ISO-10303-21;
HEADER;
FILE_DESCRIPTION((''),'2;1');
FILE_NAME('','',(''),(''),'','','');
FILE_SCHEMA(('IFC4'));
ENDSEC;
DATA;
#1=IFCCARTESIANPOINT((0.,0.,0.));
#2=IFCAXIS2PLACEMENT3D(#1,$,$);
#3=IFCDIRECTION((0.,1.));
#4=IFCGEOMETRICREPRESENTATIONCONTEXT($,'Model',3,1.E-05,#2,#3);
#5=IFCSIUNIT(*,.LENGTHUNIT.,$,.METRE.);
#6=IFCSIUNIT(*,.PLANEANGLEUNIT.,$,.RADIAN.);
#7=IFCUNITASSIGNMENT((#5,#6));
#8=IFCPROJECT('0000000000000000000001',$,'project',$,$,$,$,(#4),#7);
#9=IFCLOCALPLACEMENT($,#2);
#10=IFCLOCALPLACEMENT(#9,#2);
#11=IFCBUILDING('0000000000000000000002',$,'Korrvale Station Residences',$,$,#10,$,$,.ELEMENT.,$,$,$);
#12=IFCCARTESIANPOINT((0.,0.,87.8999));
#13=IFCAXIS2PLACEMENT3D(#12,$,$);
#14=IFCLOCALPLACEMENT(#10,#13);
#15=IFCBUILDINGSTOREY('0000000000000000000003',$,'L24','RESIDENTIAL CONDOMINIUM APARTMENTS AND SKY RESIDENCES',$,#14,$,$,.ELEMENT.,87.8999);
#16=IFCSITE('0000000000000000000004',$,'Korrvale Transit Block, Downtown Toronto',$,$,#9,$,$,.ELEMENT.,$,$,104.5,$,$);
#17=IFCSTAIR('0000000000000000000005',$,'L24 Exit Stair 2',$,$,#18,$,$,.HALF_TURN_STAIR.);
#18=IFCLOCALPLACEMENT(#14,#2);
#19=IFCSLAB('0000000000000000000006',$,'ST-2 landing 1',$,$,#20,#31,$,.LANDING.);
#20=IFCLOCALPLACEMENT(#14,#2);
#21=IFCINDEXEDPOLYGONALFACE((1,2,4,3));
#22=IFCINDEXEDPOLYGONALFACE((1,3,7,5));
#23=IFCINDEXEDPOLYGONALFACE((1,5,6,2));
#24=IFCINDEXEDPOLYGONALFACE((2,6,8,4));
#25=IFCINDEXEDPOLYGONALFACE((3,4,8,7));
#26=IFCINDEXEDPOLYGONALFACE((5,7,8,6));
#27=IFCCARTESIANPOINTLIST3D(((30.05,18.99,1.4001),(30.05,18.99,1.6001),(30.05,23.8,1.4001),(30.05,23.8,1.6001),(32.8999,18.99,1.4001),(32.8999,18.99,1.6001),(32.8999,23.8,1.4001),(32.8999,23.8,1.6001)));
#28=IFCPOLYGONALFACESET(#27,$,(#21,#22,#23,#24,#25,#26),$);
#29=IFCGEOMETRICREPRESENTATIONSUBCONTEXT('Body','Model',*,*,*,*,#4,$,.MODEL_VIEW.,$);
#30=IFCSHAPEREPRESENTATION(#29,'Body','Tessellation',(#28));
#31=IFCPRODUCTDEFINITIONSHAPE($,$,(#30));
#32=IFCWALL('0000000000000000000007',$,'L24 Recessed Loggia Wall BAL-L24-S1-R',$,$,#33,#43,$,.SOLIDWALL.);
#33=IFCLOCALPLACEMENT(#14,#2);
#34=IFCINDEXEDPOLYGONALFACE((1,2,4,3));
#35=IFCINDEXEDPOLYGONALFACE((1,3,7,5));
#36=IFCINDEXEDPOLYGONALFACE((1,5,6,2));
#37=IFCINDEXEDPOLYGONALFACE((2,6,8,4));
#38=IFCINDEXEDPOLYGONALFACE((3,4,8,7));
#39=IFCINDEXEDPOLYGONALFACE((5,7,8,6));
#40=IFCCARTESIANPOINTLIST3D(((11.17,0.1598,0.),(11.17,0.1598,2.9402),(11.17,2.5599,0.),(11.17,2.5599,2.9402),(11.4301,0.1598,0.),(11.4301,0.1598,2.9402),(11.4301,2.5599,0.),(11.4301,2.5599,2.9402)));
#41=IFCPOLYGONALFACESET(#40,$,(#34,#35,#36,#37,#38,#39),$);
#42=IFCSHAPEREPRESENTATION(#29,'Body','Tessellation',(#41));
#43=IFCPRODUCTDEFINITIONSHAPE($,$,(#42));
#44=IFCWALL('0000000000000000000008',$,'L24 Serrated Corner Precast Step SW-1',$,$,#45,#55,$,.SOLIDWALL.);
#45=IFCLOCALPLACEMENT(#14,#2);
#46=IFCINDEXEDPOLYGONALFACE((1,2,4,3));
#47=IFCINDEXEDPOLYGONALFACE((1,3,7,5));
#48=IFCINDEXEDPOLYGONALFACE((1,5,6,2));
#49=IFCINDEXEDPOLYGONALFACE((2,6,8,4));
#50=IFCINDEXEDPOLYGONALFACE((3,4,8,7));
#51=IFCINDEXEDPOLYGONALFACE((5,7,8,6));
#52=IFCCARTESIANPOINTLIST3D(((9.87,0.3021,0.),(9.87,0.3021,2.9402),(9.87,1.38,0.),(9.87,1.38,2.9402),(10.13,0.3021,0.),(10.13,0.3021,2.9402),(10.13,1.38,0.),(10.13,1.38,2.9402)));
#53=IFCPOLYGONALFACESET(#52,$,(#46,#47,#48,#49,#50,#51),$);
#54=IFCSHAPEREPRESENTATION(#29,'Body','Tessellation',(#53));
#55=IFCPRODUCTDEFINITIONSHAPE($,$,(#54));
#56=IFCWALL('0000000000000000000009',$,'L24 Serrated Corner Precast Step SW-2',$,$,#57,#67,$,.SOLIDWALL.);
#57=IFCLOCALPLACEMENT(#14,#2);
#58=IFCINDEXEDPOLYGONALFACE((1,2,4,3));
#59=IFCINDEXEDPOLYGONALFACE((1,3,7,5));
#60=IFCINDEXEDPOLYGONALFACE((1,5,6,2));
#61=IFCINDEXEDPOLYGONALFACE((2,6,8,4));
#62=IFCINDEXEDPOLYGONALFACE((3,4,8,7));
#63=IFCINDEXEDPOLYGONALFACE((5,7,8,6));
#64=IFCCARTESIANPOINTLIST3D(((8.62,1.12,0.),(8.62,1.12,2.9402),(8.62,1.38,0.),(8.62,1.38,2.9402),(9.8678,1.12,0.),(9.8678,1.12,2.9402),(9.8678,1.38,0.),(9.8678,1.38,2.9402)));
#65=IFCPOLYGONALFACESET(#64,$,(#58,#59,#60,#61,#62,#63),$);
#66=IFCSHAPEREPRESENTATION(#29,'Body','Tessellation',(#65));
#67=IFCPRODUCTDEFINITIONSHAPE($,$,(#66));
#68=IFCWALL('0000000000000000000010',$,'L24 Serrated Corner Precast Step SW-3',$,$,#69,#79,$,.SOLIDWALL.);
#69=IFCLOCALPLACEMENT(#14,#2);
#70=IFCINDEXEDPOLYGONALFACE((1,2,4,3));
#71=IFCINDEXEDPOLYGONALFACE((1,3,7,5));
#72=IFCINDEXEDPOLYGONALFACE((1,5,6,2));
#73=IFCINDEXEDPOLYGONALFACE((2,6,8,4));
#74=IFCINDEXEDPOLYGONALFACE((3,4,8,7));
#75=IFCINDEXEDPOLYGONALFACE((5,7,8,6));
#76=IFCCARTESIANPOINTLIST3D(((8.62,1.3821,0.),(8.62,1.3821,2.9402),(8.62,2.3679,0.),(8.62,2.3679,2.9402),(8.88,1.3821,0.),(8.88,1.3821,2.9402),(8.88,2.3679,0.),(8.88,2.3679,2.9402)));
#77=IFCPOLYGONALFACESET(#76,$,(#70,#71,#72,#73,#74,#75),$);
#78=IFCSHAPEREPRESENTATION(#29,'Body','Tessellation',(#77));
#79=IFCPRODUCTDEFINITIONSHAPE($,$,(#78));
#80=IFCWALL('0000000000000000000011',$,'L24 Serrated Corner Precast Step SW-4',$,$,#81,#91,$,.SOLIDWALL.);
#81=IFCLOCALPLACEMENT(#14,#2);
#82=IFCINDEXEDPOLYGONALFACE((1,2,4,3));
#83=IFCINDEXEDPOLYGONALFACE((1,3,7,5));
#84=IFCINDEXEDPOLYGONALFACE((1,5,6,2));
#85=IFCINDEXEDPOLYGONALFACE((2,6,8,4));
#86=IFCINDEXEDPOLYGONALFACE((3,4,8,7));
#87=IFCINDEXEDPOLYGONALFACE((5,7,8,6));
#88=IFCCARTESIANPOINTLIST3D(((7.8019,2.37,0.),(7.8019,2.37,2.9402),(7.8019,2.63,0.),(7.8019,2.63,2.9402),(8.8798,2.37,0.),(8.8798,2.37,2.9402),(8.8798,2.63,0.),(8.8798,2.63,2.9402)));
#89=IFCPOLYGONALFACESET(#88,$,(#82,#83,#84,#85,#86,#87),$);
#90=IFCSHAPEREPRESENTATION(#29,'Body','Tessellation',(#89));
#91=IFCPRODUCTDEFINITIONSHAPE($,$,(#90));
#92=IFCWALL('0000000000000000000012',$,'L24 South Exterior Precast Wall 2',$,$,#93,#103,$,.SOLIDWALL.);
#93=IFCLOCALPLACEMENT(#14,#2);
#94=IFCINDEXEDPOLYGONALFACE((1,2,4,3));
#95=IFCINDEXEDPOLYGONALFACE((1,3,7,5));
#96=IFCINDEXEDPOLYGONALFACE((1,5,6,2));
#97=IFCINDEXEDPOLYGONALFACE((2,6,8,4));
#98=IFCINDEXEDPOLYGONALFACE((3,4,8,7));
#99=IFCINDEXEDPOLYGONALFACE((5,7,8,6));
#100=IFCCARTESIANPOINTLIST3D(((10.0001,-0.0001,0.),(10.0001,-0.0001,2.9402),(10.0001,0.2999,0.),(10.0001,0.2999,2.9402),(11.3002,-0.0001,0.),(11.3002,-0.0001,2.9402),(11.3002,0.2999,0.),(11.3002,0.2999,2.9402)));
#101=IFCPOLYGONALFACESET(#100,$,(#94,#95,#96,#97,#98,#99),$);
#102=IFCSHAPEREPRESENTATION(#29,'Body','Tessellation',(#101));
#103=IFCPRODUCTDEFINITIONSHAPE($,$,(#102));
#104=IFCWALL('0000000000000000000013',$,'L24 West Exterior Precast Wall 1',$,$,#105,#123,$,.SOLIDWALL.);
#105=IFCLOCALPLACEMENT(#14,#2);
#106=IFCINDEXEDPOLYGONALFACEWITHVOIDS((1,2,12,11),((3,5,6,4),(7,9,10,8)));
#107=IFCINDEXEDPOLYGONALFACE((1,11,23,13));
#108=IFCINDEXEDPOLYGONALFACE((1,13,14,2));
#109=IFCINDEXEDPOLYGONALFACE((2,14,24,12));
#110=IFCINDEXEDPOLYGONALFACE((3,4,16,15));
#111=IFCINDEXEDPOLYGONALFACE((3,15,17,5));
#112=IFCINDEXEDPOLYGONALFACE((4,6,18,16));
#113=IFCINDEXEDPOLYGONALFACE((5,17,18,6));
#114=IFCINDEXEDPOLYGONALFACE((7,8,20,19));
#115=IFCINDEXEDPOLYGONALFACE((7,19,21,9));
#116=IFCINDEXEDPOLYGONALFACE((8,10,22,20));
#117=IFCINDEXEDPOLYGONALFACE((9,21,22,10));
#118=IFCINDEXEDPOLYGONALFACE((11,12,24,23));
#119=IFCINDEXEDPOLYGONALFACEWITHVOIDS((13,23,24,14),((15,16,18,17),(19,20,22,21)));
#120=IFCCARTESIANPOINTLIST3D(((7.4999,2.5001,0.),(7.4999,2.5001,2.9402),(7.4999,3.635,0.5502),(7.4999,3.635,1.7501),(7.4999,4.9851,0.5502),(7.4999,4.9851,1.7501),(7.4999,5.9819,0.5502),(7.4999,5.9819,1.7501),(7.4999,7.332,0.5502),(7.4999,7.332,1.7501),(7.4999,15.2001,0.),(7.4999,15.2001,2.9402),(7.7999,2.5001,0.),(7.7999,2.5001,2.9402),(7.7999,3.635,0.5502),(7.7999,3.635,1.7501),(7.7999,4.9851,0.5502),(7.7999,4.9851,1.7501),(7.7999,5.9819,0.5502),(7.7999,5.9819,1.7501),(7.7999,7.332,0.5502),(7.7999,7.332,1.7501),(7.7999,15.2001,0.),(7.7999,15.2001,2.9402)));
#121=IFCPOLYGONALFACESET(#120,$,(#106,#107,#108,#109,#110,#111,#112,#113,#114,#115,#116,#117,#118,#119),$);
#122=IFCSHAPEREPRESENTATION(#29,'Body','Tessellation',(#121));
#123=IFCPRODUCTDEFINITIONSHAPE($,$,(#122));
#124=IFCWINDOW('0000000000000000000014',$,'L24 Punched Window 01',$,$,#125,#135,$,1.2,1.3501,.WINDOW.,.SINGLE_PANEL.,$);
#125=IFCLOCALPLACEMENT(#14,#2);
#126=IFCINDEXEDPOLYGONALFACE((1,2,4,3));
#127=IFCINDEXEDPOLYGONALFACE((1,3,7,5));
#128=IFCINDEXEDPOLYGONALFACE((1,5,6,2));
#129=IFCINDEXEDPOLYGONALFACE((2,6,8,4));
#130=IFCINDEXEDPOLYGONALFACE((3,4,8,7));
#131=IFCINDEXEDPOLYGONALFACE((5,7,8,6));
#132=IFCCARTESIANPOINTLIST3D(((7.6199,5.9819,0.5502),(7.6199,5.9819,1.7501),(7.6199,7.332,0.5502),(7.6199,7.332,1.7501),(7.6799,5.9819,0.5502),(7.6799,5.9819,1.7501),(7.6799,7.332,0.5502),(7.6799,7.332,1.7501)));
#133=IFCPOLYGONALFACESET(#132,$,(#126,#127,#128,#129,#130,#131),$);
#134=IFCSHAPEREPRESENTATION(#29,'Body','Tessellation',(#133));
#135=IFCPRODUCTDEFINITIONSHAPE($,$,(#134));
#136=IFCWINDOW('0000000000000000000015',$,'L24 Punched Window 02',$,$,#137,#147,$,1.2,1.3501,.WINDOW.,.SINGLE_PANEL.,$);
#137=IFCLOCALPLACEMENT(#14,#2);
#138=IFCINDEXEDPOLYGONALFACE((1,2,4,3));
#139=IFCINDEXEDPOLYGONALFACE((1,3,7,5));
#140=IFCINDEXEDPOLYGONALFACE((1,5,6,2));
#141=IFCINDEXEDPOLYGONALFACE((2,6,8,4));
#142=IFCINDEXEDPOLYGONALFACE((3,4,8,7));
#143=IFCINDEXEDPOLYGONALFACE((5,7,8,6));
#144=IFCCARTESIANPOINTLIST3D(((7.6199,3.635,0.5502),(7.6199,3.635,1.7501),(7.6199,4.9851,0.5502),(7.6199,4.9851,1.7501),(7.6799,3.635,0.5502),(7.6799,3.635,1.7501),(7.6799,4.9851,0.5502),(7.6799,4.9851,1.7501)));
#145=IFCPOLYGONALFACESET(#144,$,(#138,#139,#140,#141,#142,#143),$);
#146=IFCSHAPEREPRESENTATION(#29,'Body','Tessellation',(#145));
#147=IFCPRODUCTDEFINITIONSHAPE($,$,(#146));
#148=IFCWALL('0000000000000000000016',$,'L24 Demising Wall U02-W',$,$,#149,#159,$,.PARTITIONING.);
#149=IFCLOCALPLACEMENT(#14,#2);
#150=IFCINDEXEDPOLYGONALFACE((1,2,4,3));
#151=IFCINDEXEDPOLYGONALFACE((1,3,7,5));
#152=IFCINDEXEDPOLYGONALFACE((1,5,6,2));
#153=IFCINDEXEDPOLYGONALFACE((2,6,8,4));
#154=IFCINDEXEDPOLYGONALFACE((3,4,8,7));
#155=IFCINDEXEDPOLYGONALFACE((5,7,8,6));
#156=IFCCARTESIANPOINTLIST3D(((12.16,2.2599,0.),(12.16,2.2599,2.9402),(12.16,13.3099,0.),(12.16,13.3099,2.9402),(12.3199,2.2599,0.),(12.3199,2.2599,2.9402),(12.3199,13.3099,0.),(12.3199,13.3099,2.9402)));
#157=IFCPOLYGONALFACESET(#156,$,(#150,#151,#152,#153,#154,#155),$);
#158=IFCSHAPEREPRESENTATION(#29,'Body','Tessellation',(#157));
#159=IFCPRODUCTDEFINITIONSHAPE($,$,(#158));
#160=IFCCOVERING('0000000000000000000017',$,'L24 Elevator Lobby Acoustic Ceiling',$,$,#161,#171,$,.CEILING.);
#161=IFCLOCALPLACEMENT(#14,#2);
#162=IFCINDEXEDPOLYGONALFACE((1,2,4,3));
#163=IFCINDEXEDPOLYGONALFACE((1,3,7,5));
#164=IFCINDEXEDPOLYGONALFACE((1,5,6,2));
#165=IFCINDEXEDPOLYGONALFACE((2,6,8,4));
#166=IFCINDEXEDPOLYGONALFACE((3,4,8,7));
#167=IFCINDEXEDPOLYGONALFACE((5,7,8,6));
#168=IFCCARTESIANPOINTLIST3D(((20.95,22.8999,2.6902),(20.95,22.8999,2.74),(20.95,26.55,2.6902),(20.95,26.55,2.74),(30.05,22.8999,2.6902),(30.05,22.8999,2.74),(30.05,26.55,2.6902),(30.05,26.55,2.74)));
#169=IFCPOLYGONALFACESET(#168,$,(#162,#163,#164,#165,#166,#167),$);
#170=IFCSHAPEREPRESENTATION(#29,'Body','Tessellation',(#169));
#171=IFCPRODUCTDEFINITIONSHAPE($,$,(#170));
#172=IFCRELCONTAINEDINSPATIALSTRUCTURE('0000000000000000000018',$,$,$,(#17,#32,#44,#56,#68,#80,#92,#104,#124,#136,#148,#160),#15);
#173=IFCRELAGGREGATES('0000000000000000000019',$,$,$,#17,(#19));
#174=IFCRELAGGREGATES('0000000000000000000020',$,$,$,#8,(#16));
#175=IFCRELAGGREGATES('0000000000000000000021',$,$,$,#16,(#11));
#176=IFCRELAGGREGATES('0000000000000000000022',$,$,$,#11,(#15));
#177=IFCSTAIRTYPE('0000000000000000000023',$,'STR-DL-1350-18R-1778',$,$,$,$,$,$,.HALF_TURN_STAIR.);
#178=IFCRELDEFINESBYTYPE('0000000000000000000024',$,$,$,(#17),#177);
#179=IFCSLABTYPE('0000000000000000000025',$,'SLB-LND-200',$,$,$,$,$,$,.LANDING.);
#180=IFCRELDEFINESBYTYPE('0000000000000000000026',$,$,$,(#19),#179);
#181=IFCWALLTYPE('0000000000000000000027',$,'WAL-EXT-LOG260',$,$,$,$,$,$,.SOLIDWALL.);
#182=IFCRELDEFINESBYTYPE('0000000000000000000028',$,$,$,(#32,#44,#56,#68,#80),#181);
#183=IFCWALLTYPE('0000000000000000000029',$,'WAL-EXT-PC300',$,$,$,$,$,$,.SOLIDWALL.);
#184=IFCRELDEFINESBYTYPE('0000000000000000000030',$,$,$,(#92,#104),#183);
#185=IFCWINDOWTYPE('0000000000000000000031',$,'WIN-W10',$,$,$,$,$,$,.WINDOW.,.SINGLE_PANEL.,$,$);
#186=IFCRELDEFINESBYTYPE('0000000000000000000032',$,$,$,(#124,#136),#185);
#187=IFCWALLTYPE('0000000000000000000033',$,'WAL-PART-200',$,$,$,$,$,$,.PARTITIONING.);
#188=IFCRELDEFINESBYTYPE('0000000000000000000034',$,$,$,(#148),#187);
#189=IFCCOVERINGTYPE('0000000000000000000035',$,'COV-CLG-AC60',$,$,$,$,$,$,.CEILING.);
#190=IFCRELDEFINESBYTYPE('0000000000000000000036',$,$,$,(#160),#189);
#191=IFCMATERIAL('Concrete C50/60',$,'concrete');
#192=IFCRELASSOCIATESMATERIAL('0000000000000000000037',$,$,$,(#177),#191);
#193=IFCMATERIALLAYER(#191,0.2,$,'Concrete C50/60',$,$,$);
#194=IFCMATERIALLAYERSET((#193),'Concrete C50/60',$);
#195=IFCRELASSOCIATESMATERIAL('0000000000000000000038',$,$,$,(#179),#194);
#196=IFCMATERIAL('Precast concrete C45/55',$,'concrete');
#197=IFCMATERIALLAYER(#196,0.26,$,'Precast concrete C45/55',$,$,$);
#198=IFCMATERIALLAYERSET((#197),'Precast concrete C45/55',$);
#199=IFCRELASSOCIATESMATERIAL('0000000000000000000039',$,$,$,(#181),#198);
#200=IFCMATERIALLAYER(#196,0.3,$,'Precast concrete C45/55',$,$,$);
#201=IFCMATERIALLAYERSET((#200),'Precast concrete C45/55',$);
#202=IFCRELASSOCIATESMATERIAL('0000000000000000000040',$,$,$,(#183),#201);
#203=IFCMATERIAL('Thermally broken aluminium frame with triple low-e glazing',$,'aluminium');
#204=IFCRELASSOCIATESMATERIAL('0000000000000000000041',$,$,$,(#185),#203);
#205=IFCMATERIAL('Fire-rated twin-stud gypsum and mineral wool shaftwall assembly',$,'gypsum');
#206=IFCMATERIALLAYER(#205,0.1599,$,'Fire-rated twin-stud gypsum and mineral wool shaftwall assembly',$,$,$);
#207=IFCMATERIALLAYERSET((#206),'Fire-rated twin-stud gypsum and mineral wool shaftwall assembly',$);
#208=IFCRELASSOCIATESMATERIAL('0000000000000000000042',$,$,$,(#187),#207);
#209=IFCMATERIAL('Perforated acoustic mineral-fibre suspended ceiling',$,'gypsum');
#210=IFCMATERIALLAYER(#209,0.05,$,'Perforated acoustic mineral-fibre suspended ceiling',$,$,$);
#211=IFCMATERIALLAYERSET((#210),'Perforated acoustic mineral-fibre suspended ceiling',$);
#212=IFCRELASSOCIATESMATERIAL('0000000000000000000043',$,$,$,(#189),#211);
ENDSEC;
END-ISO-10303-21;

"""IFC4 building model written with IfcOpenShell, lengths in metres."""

from ifc_helpers import new_model, si_unit, direction, frame, frame_2d, origin, place, context, subcontext, project, spatial, polyline, rectangle, outline, extrude, material, layer, layer_set, type_object, element, fill, aggregate, save


model = new_model("IFC4")

# Units and contexts
model_context = context("Model", 3, precision=1e-05, world=origin(), true_north=direction((0.0, 1.0)))
body_context = subcontext(model_context, "Body", "Model", "MODEL_VIEW")
ifc_project = project(units=[si_unit("LENGTHUNIT", "METRE"), si_unit("PLANEANGLEUNIT", "RADIAN")], contexts=[model_context])

# Site, building, storey
site_placement = place(None, origin())
site = spatial("IfcSite", under=ifc_project, at=site_placement, Name="Korrvale Transit Block, Downtown Toronto", CompositionType="ELEMENT", RefElevation=104.5)
building_placement = place(site_placement, origin())
building = spatial("IfcBuilding", under=site, at=building_placement, Name="Korrvale Station Residences", CompositionType="ELEMENT")
storey_placement = place(building_placement, frame((0.0, 0.0, 87.8999)))
storey = spatial("IfcBuildingStorey", under=building, at=storey_placement, Name="L24", Description="RESIDENTIAL CONDOMINIUM APARTMENTS AND SKY RESIDENCES", CompositionType="ELEMENT", Elevation=87.8999)

# Shared definitions
ifc_material_1 = material(Name="Concrete C50/60", Category="concrete")

# Stair, slab
stair_type = type_object("IfcStairType", Name="STR-DL-1350-18R-1778", PredefinedType="HALF_TURN_STAIR", material=ifc_material_1)
ifc_layer_1 = layer(ifc_material_1, 0.2, Name="Concrete C50/60")
ifc_layer_set_1 = layer_set([ifc_layer_1], Name="Concrete C50/60")
slab_type_1 = type_object("IfcSlabType", Name="SLB-LND-200", PredefinedType="LANDING", material=ifc_layer_set_1)
stair_1_placement = place(storey_placement, origin())
stair_1 = element("IfcStair", 1, at=stair_1_placement, inside=storey, type_object=stair_type, Name="L24 Exit Stair 2", PredefinedType="HALF_TURN_STAIR")
slab_1_placement = place(storey_placement, frame((0.0, 0.0, 1.4001)))
slab_1 = element("IfcSlab", 2, at=slab_1_placement, type_object=slab_type_1, Name="ST-2 landing 1", PredefinedType="LANDING", context=body_context, shape_type="SweptSolid", body=[
    extrude(outline(polyline([(32.8999, 18.99), (32.8999, 23.8), (30.05, 23.8), (30.05, 18.99), (32.8999, 18.99)])), origin(), (0.0, 0.0, 1.0), 0.2),
])
aggregate(stair_1, [slab_1])

# Walls
ifc_material_2 = material(Name="Precast concrete C45/55", Category="concrete")
ifc_layer_2 = layer(ifc_material_2, 0.26, Name="Precast concrete C45/55")
ifc_layer_set_2 = layer_set([ifc_layer_2], Name="Precast concrete C45/55")
wall_type_1 = type_object("IfcWallType", Name="WAL-EXT-LOG260", PredefinedType="SOLIDWALL", material=ifc_layer_set_2)
wall_1_placement = place(storey_placement, frame((11.3, 2.5601, 0.0), z_axis=(0.0, 0.0, 1.0), x_axis=(0.0, -1.0, 0.0)))
element("IfcWall", 3, at=wall_1_placement, inside=storey, type_object=wall_type_1, Name="L24 Recessed Loggia Wall BAL-L24-S1-R", PredefinedType="SOLIDWALL", context=body_context, shape_type="SweptSolid", body=[
    extrude(rectangle(XDim=2.4001, YDim=0.26, at=frame_2d((1.2002, 0.0))), origin(), (0.0, 0.0, 1.0), 2.9402),
])
wall_2_placement = place(storey_placement, frame((10.0, 0.302, 0.0), z_axis=(0.0, 0.0, 1.0), x_axis=(0.0, 1.0, 0.0)))
element("IfcWall", 4, at=wall_2_placement, inside=storey, type_object=wall_type_1, Name="L24 Serrated Corner Precast Step SW-1", PredefinedType="SOLIDWALL", context=body_context, shape_type="SweptSolid", body=[
    extrude(rectangle(XDim=1.0779, YDim=0.26, at=frame_2d((0.5391, 0.0))), origin(), (0.0, 0.0, 1.0), 2.9402),
])
wall_3_placement = place(storey_placement, frame((9.8679, 1.25, 0.0), z_axis=(0.0, 0.0, 1.0), x_axis=(-1.0, 0.0, 0.0)))
element("IfcWall", 5, at=wall_3_placement, inside=storey, type_object=wall_type_1, Name="L24 Serrated Corner Precast Step SW-2", PredefinedType="SOLIDWALL", context=body_context, shape_type="SweptSolid", body=[
    extrude(rectangle(XDim=1.2478, YDim=0.26, at=frame_2d((0.624, 0.0))), origin(), (0.0, 0.0, 1.0), 2.9402),
])
wall_4_placement = place(storey_placement, frame((8.75, 1.3821, 0.0), z_axis=(0.0, 0.0, 1.0), x_axis=(0.0, 1.0, 0.0)))
element("IfcWall", 6, at=wall_4_placement, inside=storey, type_object=wall_type_1, Name="L24 Serrated Corner Precast Step SW-3", PredefinedType="SOLIDWALL", context=body_context, shape_type="SweptSolid", body=[
    extrude(rectangle(XDim=0.9858, YDim=0.26, at=frame_2d((0.4929, 0.0))), origin(), (0.0, 0.0, 1.0), 2.9402),
])
wall_5_placement = place(storey_placement, frame((8.8799, 2.5, 0.0), z_axis=(0.0, 0.0, 1.0), x_axis=(-1.0, 0.0, 0.0)))
element("IfcWall", 7, at=wall_5_placement, inside=storey, type_object=wall_type_1, Name="L24 Serrated Corner Precast Step SW-4", PredefinedType="SOLIDWALL", context=body_context, shape_type="SweptSolid", body=[
    extrude(rectangle(XDim=1.0779, YDim=0.26, at=frame_2d((0.5391, 0.0))), origin(), (0.0, 0.0, 1.0), 2.9402),
])
ifc_layer_3 = layer(ifc_material_2, 0.3, Name="Precast concrete C45/55")
ifc_layer_set_3 = layer_set([ifc_layer_3], Name="Precast concrete C45/55")
wall_type_2 = type_object("IfcWallType", Name="WAL-EXT-PC300", PredefinedType="SOLIDWALL", material=ifc_layer_set_3)
wall_6_placement = place(storey_placement, frame((11.3, 0.1499, 0.0), z_axis=(0.0, 0.0, 1.0), x_axis=(-1.0, 0.0, 0.0)))
element("IfcWall", 8, at=wall_6_placement, inside=storey, type_object=wall_type_2, Name="L24 South Exterior Precast Wall 2", PredefinedType="SOLIDWALL", context=body_context, shape_type="SweptSolid", body=[
    extrude(rectangle(XDim=1.3, YDim=0.3, at=frame_2d((0.6499, 0.0))), origin(), (0.0, 0.0, 1.0), 2.9402),
])

# Wall, openings, windows
wall_7_placement = place(storey_placement, frame((7.6499, 2.5, 0.0), z_axis=(0.0, 0.0, 1.0), x_axis=(0.0, 1.0, 0.0)))
wall_7 = element("IfcWall", 9, at=wall_7_placement, inside=storey, type_object=wall_type_2, Name="L24 West Exterior Precast Wall 1", PredefinedType="SOLIDWALL", context=body_context, shape_type="SweptSolid", body=[
    extrude(rectangle(XDim=12.7, YDim=0.3, at=frame_2d((6.3501, 0.0))), origin(), (0.0, 0.0, 1.0), 2.9402),
])
opening_1_placement = place(wall_7_placement, frame((3.4819, 0.0, 0.55)))
opening_1 = element("IfcOpeningElement", 10, at=opening_1_placement, cuts=wall_7, PredefinedType="OPENING", context=body_context, shape_type="SweptSolid", body=[
    extrude(rectangle(XDim=1.3501, YDim=1.2, at=frame_2d((0.675, 0.6001))), frame((0.0, 0.1602, 0.0), z_axis=(0.0, -1.0, 0.0), x_axis=(1.0, 0.0, 0.0)), (0.0, 0.0, 1.0), 0.3201),
])
opening_2_placement = place(wall_7_placement, frame((1.135, 0.0, 0.55)))
opening_2 = element("IfcOpeningElement", 11, at=opening_2_placement, cuts=wall_7, PredefinedType="OPENING", context=body_context, shape_type="SweptSolid", body=[
    extrude(rectangle(XDim=1.3501, YDim=1.2, at=frame_2d((0.675, 0.6001))), frame((0.0, 0.1602, 0.0), z_axis=(0.0, -1.0, 0.0), x_axis=(1.0, 0.0, 0.0)), (0.0, 0.0, 1.0), 0.3201),
])
ifc_material_3 = material(Name="Thermally broken aluminium frame with triple low-e glazing", Category="aluminium")
window_type = type_object("IfcWindowType", Name="WIN-W10", PartitioningType="SINGLE_PANEL", PredefinedType="WINDOW", material=ifc_material_3)
window_1_placement = place(opening_1_placement, origin())
window_1 = element("IfcWindow", 12, at=window_1_placement, inside=storey, type_object=window_type, Name="L24 Punched Window 01", OverallHeight=1.2, OverallWidth=1.3501, PartitioningType="SINGLE_PANEL", PredefinedType="WINDOW", context=body_context, shape_type="SweptSolid", body=[
    extrude(rectangle(XDim=1.3501, YDim=1.2, at=frame_2d((0.675, 0.6001))), frame((0.0, 0.03, 0.0), z_axis=(0.0, -1.0, 0.0), x_axis=(1.0, 0.0, 0.0)), (0.0, 0.0, 1.0), 0.0601),
])
fill(opening_1, window_1)
window_2_placement = place(opening_2_placement, origin())
window_2 = element("IfcWindow", 13, at=window_2_placement, inside=storey, type_object=window_type, Name="L24 Punched Window 02", OverallHeight=1.2, OverallWidth=1.3501, PartitioningType="SINGLE_PANEL", PredefinedType="WINDOW", context=body_context, shape_type="SweptSolid", body=[
    extrude(rectangle(XDim=1.3501, YDim=1.2, at=frame_2d((0.675, 0.6001))), frame((0.0, 0.03, 0.0), z_axis=(0.0, -1.0, 0.0), x_axis=(1.0, 0.0, 0.0)), (0.0, 0.0, 1.0), 0.0601),
])
fill(opening_2, window_2)

# Wall
ifc_material_4 = material(Name="Fire-rated twin-stud gypsum and mineral wool shaftwall assembly", Category="gypsum")
ifc_layer_4 = layer(ifc_material_4, 0.1599, Name="Fire-rated twin-stud gypsum and mineral wool shaftwall assembly")
ifc_layer_set_4 = layer_set([ifc_layer_4], Name="Fire-rated twin-stud gypsum and mineral wool shaftwall assembly")
wall_type_3 = type_object("IfcWallType", Name="WAL-PART-200", PredefinedType="PARTITIONING", material=ifc_layer_set_4)
wall_8_placement = place(storey_placement, frame((12.24, 2.26, 0.0), z_axis=(0.0, 0.0, 1.0), x_axis=(0.0, 1.0, 0.0)))
element("IfcWall", 14, at=wall_8_placement, inside=storey, type_object=wall_type_3, Name="L24 Demising Wall U02-W", PredefinedType="PARTITIONING", context=body_context, shape_type="SweptSolid", body=[
    extrude(rectangle(XDim=11.05, YDim=0.1599, at=frame_2d((5.5249, 0.0))), origin(), (0.0, 0.0, 1.0), 2.9402),
])

# Covering
ifc_material_5 = material(Name="Perforated acoustic mineral-fibre suspended ceiling", Category="gypsum")
ifc_layer_5 = layer(ifc_material_5, 0.05, Name="Perforated acoustic mineral-fibre suspended ceiling")
ifc_layer_set_5 = layer_set([ifc_layer_5], Name="Perforated acoustic mineral-fibre suspended ceiling")
covering_type_1 = type_object("IfcCoveringType", Name="COV-CLG-AC60", PredefinedType="CEILING", material=ifc_layer_set_5)
covering_1_placement = place(storey_placement, frame((0.0, 0.0, 2.6902)))
element("IfcCovering", 15, at=covering_1_placement, inside=storey, type_object=covering_type_1, Name="L24 Elevator Lobby Acoustic Ceiling", PredefinedType="CEILING", context=body_context, shape_type="SweptSolid", body=[
    extrude(outline(polyline([(20.95, 22.8999), (30.05, 22.8999), (30.05, 26.55), (20.95, 26.55), (20.95, 22.8999)])), origin(), (0.0, 0.0, 1.0), 0.0498),
])

save(model, "model.ifc")
